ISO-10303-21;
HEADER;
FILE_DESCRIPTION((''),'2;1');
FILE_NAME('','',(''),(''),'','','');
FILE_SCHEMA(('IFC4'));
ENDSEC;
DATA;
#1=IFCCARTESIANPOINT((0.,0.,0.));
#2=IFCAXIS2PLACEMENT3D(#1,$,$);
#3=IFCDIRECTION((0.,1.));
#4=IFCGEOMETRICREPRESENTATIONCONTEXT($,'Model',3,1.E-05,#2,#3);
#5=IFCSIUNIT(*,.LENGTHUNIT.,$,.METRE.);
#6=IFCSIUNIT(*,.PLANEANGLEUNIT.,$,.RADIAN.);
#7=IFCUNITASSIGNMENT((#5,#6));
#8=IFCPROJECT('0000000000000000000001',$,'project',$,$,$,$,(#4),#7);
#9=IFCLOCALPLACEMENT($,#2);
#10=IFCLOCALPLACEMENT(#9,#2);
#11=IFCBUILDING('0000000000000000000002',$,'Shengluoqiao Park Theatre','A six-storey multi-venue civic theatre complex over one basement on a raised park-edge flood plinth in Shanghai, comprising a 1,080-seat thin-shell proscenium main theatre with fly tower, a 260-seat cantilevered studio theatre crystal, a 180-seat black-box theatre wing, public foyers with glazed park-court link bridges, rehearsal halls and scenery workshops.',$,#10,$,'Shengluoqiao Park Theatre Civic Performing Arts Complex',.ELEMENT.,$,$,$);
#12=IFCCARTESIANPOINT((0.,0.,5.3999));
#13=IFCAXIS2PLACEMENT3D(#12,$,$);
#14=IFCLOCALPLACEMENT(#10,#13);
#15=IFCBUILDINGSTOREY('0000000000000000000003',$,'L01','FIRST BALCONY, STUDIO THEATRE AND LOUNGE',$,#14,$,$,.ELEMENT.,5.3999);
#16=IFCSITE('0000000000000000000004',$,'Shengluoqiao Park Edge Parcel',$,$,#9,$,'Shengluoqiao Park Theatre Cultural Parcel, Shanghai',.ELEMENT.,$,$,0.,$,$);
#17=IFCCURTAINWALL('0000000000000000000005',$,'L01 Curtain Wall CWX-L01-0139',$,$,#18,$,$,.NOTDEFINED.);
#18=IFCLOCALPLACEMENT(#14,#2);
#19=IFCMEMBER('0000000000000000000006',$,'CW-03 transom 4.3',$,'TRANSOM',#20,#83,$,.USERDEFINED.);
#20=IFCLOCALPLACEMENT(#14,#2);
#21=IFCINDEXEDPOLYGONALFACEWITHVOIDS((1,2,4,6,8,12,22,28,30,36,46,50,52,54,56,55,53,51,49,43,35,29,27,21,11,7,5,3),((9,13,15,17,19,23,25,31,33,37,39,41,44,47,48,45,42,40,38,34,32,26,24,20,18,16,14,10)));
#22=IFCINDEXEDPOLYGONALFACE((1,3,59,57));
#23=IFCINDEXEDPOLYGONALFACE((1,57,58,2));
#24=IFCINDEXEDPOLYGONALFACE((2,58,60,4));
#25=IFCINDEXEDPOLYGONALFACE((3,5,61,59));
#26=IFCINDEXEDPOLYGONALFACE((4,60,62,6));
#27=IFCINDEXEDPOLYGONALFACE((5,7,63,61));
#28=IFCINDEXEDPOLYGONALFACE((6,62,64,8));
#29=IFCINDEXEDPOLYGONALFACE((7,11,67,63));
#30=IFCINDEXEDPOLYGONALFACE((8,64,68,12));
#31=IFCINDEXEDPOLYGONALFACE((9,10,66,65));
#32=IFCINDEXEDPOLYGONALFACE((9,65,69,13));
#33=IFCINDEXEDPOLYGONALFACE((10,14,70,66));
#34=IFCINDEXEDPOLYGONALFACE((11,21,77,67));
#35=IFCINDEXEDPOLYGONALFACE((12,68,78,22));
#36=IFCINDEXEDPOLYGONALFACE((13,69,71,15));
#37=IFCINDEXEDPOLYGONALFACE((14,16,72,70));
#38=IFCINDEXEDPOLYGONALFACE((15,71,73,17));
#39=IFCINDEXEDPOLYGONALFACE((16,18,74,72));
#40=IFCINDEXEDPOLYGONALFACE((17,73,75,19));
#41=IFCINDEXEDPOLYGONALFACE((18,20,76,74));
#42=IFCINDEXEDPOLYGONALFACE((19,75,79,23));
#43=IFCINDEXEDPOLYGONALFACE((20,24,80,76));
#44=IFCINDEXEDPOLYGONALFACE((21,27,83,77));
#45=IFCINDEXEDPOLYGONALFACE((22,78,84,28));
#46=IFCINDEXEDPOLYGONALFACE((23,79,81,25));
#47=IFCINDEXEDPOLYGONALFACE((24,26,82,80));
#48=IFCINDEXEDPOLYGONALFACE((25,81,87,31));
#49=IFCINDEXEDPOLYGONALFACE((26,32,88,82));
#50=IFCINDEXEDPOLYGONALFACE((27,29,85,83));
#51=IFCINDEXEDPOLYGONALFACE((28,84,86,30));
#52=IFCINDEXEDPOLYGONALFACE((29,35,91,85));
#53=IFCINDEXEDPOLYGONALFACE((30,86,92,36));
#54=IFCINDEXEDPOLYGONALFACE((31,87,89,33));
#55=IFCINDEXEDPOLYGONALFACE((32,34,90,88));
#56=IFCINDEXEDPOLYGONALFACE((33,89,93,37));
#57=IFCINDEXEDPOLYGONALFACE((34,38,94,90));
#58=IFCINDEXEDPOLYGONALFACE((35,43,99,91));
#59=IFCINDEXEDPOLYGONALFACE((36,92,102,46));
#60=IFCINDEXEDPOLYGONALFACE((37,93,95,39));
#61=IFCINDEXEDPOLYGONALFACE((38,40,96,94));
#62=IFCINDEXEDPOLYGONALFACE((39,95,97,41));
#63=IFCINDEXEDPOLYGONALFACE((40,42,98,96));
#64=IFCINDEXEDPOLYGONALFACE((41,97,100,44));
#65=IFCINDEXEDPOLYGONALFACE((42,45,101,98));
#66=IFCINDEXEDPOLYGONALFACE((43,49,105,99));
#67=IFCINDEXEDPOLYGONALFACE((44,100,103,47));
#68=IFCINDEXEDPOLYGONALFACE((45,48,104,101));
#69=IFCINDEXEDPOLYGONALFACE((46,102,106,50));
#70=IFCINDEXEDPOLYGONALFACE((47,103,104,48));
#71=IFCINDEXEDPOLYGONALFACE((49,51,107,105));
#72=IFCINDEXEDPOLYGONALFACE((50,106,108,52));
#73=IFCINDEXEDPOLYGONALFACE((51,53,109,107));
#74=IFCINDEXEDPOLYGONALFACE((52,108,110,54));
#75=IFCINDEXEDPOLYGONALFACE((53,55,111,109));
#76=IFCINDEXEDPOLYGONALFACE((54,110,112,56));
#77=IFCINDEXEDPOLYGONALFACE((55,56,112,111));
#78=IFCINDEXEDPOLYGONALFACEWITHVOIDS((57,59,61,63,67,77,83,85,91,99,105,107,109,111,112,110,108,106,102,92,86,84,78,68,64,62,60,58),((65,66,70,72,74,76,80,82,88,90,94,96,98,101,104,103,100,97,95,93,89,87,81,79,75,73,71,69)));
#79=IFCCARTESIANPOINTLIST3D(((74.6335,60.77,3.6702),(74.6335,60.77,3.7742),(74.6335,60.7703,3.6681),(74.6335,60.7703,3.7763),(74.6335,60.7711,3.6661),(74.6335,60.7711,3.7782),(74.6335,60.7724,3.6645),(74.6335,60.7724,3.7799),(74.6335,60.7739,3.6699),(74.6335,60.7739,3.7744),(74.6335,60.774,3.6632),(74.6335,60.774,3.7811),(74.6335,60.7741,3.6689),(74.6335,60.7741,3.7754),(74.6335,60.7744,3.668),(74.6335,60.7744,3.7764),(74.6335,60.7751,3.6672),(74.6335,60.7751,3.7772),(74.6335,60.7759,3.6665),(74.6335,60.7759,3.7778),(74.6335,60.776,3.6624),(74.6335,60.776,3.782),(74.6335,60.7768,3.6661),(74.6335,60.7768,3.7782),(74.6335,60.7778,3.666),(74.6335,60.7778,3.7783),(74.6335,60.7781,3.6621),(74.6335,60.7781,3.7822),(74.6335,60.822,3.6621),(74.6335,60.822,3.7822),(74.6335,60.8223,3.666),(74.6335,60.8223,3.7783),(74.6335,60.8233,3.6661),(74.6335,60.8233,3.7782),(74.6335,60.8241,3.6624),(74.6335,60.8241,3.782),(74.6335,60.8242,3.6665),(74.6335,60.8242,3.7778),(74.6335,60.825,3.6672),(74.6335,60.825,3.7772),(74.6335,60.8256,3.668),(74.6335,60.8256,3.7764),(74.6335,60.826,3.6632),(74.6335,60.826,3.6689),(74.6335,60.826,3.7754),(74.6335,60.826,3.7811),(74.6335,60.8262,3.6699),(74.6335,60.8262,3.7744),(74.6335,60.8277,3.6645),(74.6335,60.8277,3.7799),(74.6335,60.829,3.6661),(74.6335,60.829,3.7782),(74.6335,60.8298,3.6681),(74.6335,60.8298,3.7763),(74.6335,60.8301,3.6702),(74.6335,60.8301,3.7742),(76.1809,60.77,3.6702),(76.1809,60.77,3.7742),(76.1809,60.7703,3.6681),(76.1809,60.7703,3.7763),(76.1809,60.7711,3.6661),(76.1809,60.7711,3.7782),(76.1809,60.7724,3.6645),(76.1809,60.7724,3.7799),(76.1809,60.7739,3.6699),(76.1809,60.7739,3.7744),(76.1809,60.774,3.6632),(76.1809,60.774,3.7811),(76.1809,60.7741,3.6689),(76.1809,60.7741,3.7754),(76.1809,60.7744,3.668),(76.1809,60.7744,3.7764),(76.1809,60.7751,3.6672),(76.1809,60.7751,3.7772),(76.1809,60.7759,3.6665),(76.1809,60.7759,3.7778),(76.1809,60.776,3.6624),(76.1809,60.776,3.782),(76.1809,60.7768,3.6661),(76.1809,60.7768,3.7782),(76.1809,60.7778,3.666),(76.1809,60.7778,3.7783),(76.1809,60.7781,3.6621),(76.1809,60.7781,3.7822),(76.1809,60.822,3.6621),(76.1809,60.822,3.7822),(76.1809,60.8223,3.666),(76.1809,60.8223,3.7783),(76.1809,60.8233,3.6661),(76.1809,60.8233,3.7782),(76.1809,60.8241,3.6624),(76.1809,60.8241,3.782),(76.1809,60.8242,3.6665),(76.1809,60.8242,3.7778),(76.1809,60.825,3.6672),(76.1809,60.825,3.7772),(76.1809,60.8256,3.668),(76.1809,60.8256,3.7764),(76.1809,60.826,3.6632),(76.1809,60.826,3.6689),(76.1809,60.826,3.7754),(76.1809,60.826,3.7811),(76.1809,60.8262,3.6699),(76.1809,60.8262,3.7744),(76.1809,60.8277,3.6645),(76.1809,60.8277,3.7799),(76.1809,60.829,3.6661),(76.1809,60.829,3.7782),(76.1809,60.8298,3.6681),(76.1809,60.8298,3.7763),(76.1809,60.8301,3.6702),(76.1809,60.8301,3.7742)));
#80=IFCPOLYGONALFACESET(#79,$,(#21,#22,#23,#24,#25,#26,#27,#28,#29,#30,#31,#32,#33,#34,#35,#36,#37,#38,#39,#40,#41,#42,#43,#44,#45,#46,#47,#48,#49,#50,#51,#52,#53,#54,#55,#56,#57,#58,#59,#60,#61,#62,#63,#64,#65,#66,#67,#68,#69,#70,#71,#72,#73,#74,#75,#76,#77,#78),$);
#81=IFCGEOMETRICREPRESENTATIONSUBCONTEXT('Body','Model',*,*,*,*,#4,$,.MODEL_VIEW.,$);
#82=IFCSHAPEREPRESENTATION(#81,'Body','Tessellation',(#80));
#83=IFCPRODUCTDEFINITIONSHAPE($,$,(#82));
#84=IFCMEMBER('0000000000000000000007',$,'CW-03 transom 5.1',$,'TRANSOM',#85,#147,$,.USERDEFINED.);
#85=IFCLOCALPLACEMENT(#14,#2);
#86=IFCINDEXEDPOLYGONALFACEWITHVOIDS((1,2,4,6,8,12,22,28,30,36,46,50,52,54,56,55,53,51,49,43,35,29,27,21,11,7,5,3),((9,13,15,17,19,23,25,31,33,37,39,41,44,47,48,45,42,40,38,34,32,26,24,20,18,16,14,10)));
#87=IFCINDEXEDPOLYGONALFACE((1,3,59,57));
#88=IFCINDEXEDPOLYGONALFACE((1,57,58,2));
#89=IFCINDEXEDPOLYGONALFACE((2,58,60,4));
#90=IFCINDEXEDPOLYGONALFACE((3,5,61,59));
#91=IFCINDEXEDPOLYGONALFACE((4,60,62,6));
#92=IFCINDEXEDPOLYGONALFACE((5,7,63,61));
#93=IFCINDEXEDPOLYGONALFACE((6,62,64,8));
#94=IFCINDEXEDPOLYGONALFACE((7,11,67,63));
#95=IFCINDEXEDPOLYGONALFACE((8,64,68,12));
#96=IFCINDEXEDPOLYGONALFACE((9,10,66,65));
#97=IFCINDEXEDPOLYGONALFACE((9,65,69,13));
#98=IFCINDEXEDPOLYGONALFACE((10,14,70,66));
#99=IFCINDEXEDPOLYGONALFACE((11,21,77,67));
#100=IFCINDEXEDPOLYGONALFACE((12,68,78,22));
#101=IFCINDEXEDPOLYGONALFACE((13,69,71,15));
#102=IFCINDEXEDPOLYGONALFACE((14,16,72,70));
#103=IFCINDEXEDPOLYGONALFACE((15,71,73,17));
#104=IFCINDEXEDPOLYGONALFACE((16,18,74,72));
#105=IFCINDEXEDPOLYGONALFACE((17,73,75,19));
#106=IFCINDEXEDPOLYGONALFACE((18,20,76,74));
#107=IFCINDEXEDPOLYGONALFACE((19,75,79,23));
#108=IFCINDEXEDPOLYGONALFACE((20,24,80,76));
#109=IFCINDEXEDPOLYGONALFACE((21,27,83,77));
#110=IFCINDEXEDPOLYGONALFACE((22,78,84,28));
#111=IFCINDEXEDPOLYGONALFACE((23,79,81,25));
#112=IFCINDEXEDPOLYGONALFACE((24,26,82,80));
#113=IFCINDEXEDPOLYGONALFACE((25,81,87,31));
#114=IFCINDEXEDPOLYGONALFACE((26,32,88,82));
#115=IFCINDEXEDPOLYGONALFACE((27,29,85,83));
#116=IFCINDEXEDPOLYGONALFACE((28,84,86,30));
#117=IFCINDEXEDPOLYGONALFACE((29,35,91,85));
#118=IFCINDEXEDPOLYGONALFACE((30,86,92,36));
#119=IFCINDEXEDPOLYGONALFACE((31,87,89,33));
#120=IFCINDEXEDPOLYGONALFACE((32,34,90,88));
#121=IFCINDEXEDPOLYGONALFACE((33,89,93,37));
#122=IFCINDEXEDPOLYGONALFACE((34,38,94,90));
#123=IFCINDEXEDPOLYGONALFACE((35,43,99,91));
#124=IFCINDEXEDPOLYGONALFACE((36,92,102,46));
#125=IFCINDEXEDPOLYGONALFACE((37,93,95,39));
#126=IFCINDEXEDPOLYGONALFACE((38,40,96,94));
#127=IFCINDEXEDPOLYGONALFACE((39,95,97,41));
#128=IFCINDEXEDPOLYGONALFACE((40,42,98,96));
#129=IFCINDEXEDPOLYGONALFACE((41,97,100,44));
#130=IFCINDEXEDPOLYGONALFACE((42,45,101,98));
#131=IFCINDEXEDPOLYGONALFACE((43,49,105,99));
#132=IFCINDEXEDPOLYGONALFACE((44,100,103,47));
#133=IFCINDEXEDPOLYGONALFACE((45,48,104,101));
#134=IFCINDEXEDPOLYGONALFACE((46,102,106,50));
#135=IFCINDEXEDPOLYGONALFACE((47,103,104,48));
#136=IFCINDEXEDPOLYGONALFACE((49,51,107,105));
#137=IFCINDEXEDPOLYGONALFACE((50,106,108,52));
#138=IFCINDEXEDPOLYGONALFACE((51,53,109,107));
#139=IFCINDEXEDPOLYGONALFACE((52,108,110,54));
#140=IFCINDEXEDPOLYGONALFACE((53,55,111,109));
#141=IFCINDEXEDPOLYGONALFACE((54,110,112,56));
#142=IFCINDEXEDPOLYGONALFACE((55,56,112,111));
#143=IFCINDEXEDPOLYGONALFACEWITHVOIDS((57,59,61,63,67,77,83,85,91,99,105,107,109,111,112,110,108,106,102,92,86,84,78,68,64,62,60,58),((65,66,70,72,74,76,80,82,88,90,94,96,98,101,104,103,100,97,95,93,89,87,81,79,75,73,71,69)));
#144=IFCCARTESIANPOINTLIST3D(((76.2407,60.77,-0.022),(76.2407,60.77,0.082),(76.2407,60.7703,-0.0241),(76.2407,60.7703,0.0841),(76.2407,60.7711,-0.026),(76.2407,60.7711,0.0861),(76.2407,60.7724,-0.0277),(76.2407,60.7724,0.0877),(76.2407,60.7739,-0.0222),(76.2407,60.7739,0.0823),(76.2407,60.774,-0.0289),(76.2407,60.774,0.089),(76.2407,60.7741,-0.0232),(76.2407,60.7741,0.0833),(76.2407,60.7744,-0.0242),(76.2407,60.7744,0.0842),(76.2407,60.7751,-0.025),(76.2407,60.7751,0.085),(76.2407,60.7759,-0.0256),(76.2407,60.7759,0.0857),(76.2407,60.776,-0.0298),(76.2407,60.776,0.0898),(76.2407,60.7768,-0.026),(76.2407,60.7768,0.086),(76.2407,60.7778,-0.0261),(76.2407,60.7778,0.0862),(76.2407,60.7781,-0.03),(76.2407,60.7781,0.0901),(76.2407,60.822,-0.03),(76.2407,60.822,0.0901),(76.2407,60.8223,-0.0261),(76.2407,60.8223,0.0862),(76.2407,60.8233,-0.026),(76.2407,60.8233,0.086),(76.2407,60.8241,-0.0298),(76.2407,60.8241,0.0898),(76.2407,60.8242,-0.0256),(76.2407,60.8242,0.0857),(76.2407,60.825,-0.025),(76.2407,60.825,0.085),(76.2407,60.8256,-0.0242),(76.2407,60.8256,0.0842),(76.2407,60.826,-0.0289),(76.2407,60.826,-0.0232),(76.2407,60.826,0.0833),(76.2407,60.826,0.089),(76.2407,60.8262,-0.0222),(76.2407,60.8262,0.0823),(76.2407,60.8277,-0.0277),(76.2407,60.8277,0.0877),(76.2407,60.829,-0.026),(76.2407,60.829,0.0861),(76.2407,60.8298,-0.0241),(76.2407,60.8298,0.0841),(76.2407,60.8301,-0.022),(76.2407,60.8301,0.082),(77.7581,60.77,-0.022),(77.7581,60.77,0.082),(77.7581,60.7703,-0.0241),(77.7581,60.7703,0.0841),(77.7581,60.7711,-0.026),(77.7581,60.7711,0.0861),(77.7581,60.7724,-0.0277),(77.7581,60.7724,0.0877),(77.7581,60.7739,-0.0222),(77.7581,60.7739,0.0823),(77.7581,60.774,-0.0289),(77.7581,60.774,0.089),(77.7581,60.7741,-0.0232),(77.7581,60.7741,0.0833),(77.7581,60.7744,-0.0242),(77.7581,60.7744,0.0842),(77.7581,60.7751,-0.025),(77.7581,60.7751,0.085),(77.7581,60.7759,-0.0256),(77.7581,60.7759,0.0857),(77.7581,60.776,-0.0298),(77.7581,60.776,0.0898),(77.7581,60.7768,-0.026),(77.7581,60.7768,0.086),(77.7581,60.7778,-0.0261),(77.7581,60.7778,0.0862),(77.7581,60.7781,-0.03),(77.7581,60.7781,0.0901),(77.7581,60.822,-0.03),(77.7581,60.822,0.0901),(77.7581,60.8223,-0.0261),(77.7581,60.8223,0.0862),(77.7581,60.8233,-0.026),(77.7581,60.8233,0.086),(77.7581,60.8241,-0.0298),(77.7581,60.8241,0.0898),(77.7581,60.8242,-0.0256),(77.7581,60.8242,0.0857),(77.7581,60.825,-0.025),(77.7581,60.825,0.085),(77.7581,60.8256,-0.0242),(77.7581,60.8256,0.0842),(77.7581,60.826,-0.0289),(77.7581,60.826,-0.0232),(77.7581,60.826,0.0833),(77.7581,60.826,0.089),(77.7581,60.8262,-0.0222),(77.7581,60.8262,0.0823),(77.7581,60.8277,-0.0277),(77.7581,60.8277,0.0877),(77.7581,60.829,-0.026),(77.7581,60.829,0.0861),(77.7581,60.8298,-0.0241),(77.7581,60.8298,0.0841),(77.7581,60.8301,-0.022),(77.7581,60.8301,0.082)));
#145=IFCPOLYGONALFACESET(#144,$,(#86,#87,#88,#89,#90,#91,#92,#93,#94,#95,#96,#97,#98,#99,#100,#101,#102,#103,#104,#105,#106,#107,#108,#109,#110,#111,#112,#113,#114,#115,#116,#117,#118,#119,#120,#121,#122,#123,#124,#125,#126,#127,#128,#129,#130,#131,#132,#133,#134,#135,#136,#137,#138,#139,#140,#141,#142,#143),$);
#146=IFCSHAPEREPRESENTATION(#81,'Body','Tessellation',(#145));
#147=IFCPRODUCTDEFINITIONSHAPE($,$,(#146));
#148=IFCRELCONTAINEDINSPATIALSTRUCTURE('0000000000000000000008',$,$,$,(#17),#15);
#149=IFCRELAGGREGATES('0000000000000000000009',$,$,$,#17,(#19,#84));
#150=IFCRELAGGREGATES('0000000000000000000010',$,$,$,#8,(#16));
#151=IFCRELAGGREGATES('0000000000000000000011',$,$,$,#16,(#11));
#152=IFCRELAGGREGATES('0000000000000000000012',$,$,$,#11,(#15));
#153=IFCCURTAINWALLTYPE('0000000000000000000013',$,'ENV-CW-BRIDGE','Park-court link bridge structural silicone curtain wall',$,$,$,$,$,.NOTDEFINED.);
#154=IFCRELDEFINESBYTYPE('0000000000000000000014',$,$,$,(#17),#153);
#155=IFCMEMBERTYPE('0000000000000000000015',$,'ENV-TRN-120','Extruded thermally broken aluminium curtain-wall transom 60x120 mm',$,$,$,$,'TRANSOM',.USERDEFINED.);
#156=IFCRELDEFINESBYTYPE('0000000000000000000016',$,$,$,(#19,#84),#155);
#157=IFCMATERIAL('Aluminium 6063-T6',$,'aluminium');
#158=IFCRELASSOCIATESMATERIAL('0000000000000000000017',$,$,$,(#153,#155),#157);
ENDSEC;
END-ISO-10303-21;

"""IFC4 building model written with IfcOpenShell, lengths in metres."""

from ifc_helpers import new_model, si_unit, direction, frame, origin, origin_2d, place, context, subcontext, project, spatial, hollow_rectangle, extrude, material, material_profile, profile_set, type_object, element, aggregate, save


model = new_model("IFC4")

# Units and contexts
model_context = context("Model", 3, precision=1e-05, world=origin(), true_north=direction((0.0, 1.0)))
body_context = subcontext(model_context, "Body", "Model", "MODEL_VIEW")
ifc_project = project(units=[si_unit("LENGTHUNIT", "METRE"), si_unit("PLANEANGLEUNIT", "RADIAN")], contexts=[model_context])

# Site, building, storey
site_placement = place(None, origin())
site = spatial("IfcSite", under=ifc_project, at=site_placement, Name="Shengluoqiao Park Edge Parcel", LongName="Shengluoqiao Park Theatre Cultural Parcel, Shanghai", CompositionType="ELEMENT", RefElevation=0.0)
building_placement = place(site_placement, origin())
building = spatial("IfcBuilding", under=site, at=building_placement, Name="Shengluoqiao Park Theatre", Description="A six-storey multi-venue civic theatre complex over one basement on a raised park-edge flood plinth in Shanghai, comprising a 1,080-seat thin-shell proscenium main theatre with fly tower, a 260-seat cantilevered studio theatre crystal, a 180-seat black-box theatre wing, public foyers with glazed park-court link bridges, rehearsal halls and scenery workshops.", LongName="Shengluoqiao Park Theatre Civic Performing Arts Complex", CompositionType="ELEMENT")
storey_placement = place(building_placement, frame((0.0, 0.0, 5.3999)))
storey = spatial("IfcBuildingStorey", under=building, at=storey_placement, Name="L01", Description="FIRST BALCONY, STUDIO THEATRE AND LOUNGE", CompositionType="ELEMENT", Elevation=5.3999)

# Curtain wall
ifc_material_1 = material(Name="Aluminium 6063-T6", Category="aluminium")
curtain_wall_type_1 = type_object("IfcCurtainWallType", Name="ENV-CW-BRIDGE", Description="Park-court link bridge structural silicone curtain wall", PredefinedType="NOTDEFINED", material=ifc_material_1)
curtain_wall_1_placement = place(storey_placement, origin())
curtain_wall_1 = element("IfcCurtainWall", 1, at=curtain_wall_1_placement, inside=storey, type_object=curtain_wall_type_1, Name="L01 Curtain Wall CWX-L01-0139", PredefinedType="NOTDEFINED")

# Members
ifc_material_profile_1 = material_profile(ifc_material_1, hollow_rectangle(XDim=0.0601, YDim=0.1201, WallThickness=0.0039, InnerFilletRadius=0.0039, OuterFilletRadius=0.0081, at=origin_2d()), Name="ALU TRANSOM 120x60x4")
ifc_profile_set_1 = profile_set([ifc_material_profile_1], Name="Aluminium 6063-T6")
member_type_1 = type_object("IfcMemberType", Name="ENV-TRN-120", Description="Extruded thermally broken aluminium curtain-wall transom 60x120 mm", ElementType="TRANSOM", PredefinedType="USERDEFINED", material=ifc_profile_set_1)
member_1_placement = place(storey_placement, frame((74.6335, 60.8, 3.7222), z_axis=(1.0, 0.0, 0.0), x_axis=(0.0, 1.0, 0.0)))
member_1 = element("IfcMember", 2, at=member_1_placement, type_object=member_type_1, Name="CW-03 transom 4.3", ObjectType="TRANSOM", PredefinedType="USERDEFINED", context=body_context, shape_type="SweptSolid", body=[
    extrude(hollow_rectangle(XDim=0.0601, YDim=0.1201, WallThickness=0.0039, InnerFilletRadius=0.0039, OuterFilletRadius=0.0081, at=origin_2d()), origin(), (0.0, 0.0, 1.0), 1.5474),
])
member_2_placement = place(storey_placement, frame((76.2407, 60.8, 0.03), z_axis=(1.0, 0.0, 0.0), x_axis=(0.0, 1.0, 0.0)))
member_2 = element("IfcMember", 3, at=member_2_placement, type_object=member_type_1, Name="CW-03 transom 5.1", ObjectType="TRANSOM", PredefinedType="USERDEFINED", context=body_context, shape_type="SweptSolid", body=[
    extrude(hollow_rectangle(XDim=0.0601, YDim=0.1201, WallThickness=0.0039, InnerFilletRadius=0.0039, OuterFilletRadius=0.0081, at=origin_2d()), origin(), (0.0, 0.0, 1.0), 1.5173),
])

aggregate(curtain_wall_1, [member_1, member_2])

save(model, "model.ifc")
